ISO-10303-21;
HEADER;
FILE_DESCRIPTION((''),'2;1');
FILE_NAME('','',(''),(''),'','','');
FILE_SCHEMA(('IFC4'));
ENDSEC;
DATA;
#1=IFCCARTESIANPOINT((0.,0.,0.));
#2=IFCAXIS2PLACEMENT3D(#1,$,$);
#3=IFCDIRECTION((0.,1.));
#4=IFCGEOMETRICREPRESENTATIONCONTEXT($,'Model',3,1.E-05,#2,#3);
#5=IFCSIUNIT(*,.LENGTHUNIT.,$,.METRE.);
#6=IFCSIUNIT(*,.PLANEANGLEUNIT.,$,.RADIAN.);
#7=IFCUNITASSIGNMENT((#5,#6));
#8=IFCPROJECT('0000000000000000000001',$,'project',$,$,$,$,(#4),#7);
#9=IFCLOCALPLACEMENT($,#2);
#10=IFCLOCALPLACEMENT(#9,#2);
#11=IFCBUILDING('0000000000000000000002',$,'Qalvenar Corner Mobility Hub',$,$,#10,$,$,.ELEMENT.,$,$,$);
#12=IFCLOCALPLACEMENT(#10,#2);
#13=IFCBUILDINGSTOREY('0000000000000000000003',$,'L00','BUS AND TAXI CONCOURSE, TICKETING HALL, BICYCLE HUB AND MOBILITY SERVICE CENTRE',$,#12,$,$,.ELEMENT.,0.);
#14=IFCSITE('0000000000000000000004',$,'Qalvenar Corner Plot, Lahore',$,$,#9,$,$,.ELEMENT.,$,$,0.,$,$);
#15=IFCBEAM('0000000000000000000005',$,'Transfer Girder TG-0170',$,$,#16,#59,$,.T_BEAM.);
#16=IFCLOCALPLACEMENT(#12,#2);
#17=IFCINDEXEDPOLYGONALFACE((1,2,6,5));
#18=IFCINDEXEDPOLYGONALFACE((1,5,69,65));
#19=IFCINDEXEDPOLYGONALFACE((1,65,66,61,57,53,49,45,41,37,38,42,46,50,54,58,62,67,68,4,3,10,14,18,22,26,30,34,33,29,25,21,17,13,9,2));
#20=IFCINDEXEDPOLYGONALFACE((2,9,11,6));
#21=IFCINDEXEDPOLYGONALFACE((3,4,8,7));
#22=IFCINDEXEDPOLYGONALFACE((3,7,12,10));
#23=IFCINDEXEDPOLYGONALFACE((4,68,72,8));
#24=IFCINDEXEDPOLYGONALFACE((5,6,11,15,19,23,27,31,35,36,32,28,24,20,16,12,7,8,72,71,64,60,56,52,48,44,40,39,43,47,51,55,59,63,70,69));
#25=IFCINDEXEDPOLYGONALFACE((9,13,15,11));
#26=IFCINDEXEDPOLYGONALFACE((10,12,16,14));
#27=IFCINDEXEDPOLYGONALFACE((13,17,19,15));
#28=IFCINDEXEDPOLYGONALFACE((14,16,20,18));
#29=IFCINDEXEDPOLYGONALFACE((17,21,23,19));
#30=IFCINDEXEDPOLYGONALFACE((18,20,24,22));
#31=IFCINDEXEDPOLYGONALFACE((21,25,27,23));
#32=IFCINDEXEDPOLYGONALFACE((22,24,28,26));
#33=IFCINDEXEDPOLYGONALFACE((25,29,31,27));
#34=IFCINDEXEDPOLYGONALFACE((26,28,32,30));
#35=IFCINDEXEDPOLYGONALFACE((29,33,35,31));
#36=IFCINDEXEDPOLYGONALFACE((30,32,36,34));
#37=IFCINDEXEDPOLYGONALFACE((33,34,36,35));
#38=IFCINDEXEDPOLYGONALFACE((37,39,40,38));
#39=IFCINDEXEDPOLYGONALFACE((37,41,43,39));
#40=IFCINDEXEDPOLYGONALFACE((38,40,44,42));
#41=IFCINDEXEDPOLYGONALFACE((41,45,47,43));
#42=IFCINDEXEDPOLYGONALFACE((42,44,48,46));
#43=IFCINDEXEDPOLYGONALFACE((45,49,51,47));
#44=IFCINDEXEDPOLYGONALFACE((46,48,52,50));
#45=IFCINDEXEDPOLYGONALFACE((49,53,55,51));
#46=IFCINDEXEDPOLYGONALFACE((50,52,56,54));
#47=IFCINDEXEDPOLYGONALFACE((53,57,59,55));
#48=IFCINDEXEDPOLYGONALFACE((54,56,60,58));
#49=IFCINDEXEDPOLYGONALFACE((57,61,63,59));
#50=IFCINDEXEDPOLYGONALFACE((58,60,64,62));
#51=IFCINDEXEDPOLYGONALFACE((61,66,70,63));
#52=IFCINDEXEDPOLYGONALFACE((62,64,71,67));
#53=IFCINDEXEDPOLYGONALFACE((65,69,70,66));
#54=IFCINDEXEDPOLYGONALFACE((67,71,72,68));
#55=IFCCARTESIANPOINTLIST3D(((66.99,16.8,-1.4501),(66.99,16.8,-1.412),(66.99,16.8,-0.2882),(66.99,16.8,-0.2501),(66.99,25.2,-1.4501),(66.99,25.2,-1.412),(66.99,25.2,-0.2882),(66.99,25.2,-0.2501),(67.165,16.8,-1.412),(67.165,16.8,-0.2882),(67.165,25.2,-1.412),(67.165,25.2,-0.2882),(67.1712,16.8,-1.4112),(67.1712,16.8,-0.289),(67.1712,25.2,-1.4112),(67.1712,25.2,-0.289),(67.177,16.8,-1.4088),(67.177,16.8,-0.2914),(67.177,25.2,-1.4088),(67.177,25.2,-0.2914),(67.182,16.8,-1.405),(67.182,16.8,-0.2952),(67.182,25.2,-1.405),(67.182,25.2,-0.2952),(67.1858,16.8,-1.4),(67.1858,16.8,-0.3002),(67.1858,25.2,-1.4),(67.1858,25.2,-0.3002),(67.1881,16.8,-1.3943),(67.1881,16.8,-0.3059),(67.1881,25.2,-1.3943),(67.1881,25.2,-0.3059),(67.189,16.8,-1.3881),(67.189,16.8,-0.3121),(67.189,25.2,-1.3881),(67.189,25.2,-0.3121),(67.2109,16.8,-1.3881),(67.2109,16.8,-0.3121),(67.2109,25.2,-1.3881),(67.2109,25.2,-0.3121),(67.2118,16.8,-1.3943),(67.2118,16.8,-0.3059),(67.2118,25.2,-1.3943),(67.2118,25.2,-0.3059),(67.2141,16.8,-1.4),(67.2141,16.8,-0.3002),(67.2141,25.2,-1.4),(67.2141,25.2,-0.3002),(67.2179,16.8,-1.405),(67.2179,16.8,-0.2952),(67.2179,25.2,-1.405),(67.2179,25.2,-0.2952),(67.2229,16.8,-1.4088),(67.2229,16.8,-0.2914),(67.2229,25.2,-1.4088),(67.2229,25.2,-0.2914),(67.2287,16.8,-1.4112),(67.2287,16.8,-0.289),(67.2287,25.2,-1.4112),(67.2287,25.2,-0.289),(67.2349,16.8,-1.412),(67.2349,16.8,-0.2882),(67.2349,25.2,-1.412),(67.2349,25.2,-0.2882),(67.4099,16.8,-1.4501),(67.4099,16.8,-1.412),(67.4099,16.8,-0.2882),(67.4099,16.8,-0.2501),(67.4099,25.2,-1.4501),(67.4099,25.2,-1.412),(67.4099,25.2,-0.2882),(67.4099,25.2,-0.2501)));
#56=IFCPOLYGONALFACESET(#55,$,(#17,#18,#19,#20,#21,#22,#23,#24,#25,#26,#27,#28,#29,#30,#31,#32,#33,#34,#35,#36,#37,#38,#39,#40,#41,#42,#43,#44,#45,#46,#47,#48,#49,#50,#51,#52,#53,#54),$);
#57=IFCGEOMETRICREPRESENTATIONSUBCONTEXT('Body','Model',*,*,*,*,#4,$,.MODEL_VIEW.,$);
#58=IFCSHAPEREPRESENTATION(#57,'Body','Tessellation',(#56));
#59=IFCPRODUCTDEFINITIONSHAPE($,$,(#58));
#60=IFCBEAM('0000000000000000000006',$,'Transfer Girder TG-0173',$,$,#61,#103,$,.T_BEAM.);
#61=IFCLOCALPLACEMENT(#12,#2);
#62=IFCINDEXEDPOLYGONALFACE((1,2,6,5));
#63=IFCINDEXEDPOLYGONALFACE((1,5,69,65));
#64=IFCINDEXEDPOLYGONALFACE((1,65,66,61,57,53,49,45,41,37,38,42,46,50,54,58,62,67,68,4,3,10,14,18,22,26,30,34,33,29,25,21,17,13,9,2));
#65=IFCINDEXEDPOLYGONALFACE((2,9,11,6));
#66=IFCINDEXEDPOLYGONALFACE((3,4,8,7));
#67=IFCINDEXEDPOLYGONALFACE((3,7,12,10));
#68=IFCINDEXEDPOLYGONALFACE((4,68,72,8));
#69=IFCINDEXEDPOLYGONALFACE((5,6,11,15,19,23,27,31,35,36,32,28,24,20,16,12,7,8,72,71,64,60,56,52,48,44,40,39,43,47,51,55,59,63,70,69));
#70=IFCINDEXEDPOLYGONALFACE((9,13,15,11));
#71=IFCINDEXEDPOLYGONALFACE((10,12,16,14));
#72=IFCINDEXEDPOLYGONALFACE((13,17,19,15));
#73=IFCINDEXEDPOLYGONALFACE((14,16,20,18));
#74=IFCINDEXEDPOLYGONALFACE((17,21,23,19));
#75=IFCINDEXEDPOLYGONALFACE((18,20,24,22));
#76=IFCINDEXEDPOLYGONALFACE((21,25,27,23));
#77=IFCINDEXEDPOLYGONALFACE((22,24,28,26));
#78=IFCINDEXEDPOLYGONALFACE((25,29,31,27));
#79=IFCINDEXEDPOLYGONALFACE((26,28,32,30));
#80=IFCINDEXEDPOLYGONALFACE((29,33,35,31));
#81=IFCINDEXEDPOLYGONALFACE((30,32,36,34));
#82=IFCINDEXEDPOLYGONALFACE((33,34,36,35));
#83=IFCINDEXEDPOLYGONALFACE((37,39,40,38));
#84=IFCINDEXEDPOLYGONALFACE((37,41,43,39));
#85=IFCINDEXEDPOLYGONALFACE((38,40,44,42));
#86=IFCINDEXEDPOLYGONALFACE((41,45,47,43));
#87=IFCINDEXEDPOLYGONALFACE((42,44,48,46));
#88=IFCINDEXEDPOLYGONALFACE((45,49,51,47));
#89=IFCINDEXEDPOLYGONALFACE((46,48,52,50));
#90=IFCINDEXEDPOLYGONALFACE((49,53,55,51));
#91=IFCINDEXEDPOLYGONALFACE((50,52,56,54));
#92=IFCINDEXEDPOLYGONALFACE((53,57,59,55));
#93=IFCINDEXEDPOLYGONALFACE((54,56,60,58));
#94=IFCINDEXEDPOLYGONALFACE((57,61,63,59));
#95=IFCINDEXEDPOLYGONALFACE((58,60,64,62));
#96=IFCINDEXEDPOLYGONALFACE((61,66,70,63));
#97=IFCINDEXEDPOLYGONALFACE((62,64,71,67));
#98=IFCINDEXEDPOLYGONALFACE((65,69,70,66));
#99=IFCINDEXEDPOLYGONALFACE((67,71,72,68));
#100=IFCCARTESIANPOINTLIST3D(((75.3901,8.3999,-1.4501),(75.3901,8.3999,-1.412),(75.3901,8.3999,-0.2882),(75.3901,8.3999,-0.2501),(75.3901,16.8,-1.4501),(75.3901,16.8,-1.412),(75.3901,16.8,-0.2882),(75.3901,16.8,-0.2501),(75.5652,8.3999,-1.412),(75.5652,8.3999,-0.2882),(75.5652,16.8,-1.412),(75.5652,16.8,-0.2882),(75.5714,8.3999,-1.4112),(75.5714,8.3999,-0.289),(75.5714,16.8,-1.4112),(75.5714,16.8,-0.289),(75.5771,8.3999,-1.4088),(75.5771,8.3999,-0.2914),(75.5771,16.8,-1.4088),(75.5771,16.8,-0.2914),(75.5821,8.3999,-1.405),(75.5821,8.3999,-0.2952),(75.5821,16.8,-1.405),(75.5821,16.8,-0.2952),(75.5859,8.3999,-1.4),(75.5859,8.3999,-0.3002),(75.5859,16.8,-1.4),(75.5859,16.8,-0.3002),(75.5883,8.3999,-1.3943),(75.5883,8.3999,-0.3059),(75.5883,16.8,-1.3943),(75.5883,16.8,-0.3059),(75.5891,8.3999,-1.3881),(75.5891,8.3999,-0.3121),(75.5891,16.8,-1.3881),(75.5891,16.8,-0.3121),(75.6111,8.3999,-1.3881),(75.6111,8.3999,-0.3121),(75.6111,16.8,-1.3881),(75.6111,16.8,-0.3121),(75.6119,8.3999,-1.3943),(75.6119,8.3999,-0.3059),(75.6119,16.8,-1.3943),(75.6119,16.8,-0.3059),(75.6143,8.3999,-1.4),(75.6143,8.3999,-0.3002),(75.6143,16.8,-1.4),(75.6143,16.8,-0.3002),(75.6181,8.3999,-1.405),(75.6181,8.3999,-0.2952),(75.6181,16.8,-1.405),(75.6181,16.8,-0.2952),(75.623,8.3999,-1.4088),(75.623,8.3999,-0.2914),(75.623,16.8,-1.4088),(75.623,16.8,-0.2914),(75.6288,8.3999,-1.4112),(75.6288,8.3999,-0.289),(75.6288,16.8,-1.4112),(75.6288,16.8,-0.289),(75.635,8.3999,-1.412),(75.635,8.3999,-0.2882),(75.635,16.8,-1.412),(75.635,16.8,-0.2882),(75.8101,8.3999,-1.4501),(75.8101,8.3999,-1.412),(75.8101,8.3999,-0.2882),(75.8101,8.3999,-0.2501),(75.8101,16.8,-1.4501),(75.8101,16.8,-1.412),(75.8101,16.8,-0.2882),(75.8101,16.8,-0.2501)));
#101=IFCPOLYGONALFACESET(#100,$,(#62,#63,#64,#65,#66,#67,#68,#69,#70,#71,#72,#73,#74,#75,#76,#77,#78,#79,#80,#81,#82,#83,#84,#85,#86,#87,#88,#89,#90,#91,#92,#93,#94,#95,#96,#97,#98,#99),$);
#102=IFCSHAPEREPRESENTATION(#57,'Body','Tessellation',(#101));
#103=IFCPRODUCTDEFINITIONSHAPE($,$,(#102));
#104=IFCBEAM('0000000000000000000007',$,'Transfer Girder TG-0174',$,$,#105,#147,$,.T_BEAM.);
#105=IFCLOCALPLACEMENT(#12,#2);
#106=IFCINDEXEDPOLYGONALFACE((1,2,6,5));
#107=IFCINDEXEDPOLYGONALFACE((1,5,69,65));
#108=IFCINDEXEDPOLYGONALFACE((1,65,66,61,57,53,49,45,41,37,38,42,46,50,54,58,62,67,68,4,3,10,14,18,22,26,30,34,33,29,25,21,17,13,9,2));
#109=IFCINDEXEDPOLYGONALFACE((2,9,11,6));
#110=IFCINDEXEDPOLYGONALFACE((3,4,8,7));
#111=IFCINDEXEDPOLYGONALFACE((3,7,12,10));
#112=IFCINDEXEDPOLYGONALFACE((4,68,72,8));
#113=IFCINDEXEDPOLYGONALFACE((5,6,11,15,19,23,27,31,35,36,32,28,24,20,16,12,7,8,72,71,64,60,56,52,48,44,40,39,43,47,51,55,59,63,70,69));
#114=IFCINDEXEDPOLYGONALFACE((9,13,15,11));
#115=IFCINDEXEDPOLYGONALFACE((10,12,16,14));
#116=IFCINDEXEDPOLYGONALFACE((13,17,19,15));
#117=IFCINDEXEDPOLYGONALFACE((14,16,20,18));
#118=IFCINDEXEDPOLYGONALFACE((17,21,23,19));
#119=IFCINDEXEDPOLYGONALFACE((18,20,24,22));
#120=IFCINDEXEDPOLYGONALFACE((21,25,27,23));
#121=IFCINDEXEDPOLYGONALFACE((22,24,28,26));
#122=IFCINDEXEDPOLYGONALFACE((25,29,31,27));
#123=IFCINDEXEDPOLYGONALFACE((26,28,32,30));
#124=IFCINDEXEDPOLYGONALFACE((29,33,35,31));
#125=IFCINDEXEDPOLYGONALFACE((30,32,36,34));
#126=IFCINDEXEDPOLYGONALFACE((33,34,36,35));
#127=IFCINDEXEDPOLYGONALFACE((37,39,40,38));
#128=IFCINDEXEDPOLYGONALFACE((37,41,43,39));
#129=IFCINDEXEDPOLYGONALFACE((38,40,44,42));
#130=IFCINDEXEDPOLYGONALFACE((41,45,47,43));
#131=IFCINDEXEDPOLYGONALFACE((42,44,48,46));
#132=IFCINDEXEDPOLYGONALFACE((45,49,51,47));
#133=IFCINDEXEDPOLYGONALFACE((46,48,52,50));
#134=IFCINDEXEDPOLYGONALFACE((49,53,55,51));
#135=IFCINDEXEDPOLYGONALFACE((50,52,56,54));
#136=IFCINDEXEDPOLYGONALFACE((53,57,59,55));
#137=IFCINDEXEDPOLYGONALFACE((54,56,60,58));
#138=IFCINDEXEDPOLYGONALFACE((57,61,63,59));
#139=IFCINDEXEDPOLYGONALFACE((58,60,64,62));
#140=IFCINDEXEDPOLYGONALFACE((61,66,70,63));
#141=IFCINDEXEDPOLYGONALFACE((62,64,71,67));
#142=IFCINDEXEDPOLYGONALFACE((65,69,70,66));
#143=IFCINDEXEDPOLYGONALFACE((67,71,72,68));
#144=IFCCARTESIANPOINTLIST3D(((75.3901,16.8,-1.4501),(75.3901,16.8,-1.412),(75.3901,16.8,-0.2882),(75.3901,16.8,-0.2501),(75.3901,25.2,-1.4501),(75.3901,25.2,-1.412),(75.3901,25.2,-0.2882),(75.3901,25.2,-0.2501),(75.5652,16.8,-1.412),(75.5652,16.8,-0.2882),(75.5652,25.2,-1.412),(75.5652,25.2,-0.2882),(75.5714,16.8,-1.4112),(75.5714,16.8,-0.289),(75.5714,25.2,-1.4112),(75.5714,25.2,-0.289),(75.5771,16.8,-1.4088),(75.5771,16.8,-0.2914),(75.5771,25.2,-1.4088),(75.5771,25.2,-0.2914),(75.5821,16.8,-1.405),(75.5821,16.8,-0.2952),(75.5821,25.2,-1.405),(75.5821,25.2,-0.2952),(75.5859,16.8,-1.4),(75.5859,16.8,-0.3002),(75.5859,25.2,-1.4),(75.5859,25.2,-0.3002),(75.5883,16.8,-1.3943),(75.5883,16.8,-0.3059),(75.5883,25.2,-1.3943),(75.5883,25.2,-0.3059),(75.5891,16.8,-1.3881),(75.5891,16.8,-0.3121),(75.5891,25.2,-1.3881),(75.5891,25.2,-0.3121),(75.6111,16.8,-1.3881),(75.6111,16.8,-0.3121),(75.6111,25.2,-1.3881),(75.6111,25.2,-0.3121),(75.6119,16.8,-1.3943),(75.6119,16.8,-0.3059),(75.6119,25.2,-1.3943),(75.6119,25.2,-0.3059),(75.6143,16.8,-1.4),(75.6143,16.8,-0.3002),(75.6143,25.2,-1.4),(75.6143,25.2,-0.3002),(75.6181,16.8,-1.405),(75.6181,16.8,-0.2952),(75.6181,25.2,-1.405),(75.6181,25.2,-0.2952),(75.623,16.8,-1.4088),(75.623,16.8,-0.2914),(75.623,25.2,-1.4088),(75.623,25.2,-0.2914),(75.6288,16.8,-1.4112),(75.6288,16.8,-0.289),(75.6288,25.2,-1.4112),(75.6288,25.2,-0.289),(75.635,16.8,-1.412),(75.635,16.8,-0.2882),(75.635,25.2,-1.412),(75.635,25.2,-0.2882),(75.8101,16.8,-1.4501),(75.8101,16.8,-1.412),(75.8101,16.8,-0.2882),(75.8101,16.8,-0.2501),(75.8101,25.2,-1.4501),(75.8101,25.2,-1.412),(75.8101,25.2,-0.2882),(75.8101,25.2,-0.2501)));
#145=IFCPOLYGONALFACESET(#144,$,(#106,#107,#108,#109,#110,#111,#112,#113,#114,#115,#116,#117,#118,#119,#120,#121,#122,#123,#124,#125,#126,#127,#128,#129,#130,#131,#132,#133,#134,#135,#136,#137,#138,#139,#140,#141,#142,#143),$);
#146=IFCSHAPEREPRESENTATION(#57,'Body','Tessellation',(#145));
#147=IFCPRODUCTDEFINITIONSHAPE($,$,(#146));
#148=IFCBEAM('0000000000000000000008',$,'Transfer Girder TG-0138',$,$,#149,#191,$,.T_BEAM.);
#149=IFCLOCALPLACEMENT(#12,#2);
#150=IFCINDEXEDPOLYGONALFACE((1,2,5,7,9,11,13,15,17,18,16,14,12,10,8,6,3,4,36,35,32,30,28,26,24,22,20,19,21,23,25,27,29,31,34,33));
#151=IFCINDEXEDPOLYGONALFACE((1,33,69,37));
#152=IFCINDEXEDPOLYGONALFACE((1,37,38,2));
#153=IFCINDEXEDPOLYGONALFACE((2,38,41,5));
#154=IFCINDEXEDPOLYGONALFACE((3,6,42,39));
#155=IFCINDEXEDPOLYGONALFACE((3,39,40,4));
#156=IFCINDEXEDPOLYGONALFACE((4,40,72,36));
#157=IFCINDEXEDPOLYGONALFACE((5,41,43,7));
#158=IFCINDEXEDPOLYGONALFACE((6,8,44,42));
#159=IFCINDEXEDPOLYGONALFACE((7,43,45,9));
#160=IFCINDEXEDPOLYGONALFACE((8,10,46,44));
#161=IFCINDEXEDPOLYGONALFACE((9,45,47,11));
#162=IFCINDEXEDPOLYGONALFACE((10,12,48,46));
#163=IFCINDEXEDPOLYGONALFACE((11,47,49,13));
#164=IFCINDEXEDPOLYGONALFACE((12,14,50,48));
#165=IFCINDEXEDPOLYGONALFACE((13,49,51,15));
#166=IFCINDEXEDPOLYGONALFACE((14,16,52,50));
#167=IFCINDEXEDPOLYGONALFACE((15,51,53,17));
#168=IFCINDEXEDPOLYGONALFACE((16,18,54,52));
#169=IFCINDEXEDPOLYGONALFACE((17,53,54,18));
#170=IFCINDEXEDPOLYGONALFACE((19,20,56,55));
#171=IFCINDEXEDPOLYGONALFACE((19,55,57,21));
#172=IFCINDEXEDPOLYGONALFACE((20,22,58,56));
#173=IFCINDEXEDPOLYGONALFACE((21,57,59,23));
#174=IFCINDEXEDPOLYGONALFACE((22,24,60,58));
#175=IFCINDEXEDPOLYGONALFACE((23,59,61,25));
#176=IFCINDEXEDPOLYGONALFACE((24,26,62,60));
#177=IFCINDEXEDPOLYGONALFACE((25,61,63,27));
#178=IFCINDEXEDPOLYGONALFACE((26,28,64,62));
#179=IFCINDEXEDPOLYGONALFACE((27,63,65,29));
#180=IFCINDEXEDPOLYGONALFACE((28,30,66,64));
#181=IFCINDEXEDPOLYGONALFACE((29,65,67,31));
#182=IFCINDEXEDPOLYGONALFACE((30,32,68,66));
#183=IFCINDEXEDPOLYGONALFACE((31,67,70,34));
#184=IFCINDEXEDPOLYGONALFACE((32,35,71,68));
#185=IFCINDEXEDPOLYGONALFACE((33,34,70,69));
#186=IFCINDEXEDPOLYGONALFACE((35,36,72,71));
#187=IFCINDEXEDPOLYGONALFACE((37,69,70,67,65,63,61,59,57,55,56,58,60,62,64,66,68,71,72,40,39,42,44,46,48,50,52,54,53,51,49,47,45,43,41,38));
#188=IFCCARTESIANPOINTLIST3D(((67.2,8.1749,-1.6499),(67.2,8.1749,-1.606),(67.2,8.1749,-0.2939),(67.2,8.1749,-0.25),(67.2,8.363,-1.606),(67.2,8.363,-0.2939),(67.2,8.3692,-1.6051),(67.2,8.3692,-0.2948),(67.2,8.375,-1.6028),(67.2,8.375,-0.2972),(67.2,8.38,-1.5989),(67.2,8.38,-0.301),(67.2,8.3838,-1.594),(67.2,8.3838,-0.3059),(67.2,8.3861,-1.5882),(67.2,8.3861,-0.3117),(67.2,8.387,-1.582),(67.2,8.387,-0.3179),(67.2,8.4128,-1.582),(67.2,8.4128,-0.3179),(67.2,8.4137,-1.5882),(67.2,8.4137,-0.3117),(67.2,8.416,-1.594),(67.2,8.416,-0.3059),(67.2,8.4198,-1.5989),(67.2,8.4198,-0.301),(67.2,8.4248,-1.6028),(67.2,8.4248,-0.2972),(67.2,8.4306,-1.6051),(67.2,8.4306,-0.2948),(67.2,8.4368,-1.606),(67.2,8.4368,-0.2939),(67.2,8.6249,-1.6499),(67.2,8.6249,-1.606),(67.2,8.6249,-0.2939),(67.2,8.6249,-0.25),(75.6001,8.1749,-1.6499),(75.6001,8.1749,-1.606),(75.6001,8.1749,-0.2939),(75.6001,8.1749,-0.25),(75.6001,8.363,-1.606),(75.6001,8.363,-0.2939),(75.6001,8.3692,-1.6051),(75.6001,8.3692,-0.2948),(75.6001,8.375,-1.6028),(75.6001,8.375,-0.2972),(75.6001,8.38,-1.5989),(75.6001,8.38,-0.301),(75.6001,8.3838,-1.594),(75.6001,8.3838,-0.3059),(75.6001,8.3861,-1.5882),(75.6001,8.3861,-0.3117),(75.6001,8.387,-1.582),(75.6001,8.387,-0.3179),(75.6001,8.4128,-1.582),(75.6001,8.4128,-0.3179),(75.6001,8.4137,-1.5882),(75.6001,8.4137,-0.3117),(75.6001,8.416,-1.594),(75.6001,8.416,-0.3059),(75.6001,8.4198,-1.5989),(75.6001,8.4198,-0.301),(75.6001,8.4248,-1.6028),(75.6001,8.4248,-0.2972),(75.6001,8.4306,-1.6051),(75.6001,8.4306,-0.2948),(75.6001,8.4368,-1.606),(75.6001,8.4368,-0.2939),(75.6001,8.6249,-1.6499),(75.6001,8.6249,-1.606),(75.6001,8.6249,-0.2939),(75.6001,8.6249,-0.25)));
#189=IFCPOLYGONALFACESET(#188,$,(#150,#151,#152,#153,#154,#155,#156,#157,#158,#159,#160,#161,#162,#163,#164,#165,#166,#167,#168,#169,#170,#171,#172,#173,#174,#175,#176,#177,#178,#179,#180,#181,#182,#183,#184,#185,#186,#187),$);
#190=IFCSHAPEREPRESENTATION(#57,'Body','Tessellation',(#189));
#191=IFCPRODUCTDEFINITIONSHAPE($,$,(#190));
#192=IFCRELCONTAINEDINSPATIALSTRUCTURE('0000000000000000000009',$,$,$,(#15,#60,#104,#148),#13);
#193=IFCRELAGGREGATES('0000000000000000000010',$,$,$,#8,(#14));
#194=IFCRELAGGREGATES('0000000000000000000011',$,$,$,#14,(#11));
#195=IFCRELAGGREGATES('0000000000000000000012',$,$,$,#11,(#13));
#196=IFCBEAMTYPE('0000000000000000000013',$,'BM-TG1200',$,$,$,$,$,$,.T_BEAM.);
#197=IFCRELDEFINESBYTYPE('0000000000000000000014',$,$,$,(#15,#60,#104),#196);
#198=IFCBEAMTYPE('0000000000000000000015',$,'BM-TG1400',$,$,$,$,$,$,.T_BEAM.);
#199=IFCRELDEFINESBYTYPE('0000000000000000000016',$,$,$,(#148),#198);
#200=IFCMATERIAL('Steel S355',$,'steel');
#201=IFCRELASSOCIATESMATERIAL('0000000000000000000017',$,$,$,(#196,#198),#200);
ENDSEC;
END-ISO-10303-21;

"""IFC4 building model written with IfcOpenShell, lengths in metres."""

from ifc_helpers import new_model, si_unit, direction, frame, origin, origin_2d, place, context, subcontext, project, spatial, i_section, extrude, material, material_profile, profile_set, type_object, element, save


model = new_model("IFC4")

# Units and contexts
model_context = context("Model", 3, precision=1e-05, world=origin(), true_north=direction((0.0, 1.0)))
body_context = subcontext(model_context, "Body", "Model", "MODEL_VIEW")
ifc_project = project(units=[si_unit("LENGTHUNIT", "METRE"), si_unit("PLANEANGLEUNIT", "RADIAN")], contexts=[model_context])

# Site, building, storey
site_placement = place(None, origin())
site = spatial("IfcSite", under=ifc_project, at=site_placement, Name="Qalvenar Corner Plot, Lahore", CompositionType="ELEMENT", RefElevation=0.0)
building_placement = place(site_placement, origin())
building = spatial("IfcBuilding", under=site, at=building_placement, Name="Qalvenar Corner Mobility Hub", CompositionType="ELEMENT")
storey_placement = place(building_placement, origin())
storey = spatial("IfcBuildingStorey", under=building, at=storey_placement, Name="L00", Description="BUS AND TAXI CONCOURSE, TICKETING HALL, BICYCLE HUB AND MOBILITY SERVICE CENTRE", CompositionType="ELEMENT", Elevation=0.0)

# Shared definitions
ifc_material_1 = material(Name="Steel S355", Category="steel")

# Beams
ifc_material_profile_1 = material_profile(ifc_material_1, i_section(OverallWidth=0.4199, OverallDepth=1.2, WebThickness=0.022, FlangeThickness=0.0381, FilletRadius=0.0239, at=origin_2d()), Name="W1100x390-TG1200")
ifc_profile_set_1 = profile_set([ifc_material_profile_1], Name="Steel S355")
beam_type_1 = type_object("IfcBeamType", Name="BM-TG1200", PredefinedType="T_BEAM", material=ifc_profile_set_1)
beam_1_placement = place(storey_placement, frame((67.2, 16.8, -0.8501), z_axis=(0.0, 1.0, 0.0), x_axis=(-1.0, 0.0, 0.0)))
element("IfcBeam", 1, at=beam_1_placement, inside=storey, type_object=beam_type_1, Name="Transfer Girder TG-0170", PredefinedType="T_BEAM", context=body_context, shape_type="SweptSolid", body=[
    extrude(i_section(OverallWidth=0.4199, OverallDepth=1.2, WebThickness=0.022, FlangeThickness=0.0381, FilletRadius=0.0239, at=origin_2d()), origin(), (0.0, 0.0, 1.0), 8.3999),
])
beam_2_placement = place(storey_placement, frame((75.6001, 8.3999, -0.8501), z_axis=(0.0, 1.0, 0.0), x_axis=(-1.0, 0.0, 0.0)))
element("IfcBeam", 2, at=beam_2_placement, inside=storey, type_object=beam_type_1, Name="Transfer Girder TG-0173", PredefinedType="T_BEAM", context=body_context, shape_type="SweptSolid", body=[
    extrude(i_section(OverallWidth=0.4199, OverallDepth=1.2, WebThickness=0.022, FlangeThickness=0.0381, FilletRadius=0.0239, at=origin_2d()), origin(), (0.0, 0.0, 1.0), 8.4001),
])
beam_3_placement = place(storey_placement, frame((75.6001, 16.8, -0.8501), z_axis=(0.0, 1.0, 0.0), x_axis=(-1.0, 0.0, 0.0)))
element("IfcBeam", 3, at=beam_3_placement, inside=storey, type_object=beam_type_1, Name="Transfer Girder TG-0174", PredefinedType="T_BEAM", context=body_context, shape_type="SweptSolid", body=[
    extrude(i_section(OverallWidth=0.4199, OverallDepth=1.2, WebThickness=0.022, FlangeThickness=0.0381, FilletRadius=0.0239, at=origin_2d()), origin(), (0.0, 0.0, 1.0), 8.3999),
])
ifc_material_profile_2 = material_profile(ifc_material_1, i_section(OverallWidth=0.45, OverallDepth=1.3999, WebThickness=0.0259, FlangeThickness=0.0439, FilletRadius=0.0239, at=origin_2d()), Name="W1100x499-TG1400")
ifc_profile_set_2 = profile_set([ifc_material_profile_2], Name="Steel S355")
beam_type_2 = type_object("IfcBeamType", Name="BM-TG1400", PredefinedType="T_BEAM", material=ifc_profile_set_2)
beam_4_placement = place(storey_placement, frame((67.2, 8.3999, -0.95), z_axis=(1.0, 0.0, 0.0), x_axis=(0.0, 1.0, 0.0)))
element("IfcBeam", 4, at=beam_4_placement, inside=storey, type_object=beam_type_2, Name="Transfer Girder TG-0138", PredefinedType="T_BEAM", context=body_context, shape_type="SweptSolid", body=[
    extrude(i_section(OverallWidth=0.45, OverallDepth=1.3999, WebThickness=0.0259, FlangeThickness=0.0439, FilletRadius=0.0239, at=origin_2d()), origin(), (0.0, 0.0, 1.0), 8.4001),
])

save(model, "model.ifc")
